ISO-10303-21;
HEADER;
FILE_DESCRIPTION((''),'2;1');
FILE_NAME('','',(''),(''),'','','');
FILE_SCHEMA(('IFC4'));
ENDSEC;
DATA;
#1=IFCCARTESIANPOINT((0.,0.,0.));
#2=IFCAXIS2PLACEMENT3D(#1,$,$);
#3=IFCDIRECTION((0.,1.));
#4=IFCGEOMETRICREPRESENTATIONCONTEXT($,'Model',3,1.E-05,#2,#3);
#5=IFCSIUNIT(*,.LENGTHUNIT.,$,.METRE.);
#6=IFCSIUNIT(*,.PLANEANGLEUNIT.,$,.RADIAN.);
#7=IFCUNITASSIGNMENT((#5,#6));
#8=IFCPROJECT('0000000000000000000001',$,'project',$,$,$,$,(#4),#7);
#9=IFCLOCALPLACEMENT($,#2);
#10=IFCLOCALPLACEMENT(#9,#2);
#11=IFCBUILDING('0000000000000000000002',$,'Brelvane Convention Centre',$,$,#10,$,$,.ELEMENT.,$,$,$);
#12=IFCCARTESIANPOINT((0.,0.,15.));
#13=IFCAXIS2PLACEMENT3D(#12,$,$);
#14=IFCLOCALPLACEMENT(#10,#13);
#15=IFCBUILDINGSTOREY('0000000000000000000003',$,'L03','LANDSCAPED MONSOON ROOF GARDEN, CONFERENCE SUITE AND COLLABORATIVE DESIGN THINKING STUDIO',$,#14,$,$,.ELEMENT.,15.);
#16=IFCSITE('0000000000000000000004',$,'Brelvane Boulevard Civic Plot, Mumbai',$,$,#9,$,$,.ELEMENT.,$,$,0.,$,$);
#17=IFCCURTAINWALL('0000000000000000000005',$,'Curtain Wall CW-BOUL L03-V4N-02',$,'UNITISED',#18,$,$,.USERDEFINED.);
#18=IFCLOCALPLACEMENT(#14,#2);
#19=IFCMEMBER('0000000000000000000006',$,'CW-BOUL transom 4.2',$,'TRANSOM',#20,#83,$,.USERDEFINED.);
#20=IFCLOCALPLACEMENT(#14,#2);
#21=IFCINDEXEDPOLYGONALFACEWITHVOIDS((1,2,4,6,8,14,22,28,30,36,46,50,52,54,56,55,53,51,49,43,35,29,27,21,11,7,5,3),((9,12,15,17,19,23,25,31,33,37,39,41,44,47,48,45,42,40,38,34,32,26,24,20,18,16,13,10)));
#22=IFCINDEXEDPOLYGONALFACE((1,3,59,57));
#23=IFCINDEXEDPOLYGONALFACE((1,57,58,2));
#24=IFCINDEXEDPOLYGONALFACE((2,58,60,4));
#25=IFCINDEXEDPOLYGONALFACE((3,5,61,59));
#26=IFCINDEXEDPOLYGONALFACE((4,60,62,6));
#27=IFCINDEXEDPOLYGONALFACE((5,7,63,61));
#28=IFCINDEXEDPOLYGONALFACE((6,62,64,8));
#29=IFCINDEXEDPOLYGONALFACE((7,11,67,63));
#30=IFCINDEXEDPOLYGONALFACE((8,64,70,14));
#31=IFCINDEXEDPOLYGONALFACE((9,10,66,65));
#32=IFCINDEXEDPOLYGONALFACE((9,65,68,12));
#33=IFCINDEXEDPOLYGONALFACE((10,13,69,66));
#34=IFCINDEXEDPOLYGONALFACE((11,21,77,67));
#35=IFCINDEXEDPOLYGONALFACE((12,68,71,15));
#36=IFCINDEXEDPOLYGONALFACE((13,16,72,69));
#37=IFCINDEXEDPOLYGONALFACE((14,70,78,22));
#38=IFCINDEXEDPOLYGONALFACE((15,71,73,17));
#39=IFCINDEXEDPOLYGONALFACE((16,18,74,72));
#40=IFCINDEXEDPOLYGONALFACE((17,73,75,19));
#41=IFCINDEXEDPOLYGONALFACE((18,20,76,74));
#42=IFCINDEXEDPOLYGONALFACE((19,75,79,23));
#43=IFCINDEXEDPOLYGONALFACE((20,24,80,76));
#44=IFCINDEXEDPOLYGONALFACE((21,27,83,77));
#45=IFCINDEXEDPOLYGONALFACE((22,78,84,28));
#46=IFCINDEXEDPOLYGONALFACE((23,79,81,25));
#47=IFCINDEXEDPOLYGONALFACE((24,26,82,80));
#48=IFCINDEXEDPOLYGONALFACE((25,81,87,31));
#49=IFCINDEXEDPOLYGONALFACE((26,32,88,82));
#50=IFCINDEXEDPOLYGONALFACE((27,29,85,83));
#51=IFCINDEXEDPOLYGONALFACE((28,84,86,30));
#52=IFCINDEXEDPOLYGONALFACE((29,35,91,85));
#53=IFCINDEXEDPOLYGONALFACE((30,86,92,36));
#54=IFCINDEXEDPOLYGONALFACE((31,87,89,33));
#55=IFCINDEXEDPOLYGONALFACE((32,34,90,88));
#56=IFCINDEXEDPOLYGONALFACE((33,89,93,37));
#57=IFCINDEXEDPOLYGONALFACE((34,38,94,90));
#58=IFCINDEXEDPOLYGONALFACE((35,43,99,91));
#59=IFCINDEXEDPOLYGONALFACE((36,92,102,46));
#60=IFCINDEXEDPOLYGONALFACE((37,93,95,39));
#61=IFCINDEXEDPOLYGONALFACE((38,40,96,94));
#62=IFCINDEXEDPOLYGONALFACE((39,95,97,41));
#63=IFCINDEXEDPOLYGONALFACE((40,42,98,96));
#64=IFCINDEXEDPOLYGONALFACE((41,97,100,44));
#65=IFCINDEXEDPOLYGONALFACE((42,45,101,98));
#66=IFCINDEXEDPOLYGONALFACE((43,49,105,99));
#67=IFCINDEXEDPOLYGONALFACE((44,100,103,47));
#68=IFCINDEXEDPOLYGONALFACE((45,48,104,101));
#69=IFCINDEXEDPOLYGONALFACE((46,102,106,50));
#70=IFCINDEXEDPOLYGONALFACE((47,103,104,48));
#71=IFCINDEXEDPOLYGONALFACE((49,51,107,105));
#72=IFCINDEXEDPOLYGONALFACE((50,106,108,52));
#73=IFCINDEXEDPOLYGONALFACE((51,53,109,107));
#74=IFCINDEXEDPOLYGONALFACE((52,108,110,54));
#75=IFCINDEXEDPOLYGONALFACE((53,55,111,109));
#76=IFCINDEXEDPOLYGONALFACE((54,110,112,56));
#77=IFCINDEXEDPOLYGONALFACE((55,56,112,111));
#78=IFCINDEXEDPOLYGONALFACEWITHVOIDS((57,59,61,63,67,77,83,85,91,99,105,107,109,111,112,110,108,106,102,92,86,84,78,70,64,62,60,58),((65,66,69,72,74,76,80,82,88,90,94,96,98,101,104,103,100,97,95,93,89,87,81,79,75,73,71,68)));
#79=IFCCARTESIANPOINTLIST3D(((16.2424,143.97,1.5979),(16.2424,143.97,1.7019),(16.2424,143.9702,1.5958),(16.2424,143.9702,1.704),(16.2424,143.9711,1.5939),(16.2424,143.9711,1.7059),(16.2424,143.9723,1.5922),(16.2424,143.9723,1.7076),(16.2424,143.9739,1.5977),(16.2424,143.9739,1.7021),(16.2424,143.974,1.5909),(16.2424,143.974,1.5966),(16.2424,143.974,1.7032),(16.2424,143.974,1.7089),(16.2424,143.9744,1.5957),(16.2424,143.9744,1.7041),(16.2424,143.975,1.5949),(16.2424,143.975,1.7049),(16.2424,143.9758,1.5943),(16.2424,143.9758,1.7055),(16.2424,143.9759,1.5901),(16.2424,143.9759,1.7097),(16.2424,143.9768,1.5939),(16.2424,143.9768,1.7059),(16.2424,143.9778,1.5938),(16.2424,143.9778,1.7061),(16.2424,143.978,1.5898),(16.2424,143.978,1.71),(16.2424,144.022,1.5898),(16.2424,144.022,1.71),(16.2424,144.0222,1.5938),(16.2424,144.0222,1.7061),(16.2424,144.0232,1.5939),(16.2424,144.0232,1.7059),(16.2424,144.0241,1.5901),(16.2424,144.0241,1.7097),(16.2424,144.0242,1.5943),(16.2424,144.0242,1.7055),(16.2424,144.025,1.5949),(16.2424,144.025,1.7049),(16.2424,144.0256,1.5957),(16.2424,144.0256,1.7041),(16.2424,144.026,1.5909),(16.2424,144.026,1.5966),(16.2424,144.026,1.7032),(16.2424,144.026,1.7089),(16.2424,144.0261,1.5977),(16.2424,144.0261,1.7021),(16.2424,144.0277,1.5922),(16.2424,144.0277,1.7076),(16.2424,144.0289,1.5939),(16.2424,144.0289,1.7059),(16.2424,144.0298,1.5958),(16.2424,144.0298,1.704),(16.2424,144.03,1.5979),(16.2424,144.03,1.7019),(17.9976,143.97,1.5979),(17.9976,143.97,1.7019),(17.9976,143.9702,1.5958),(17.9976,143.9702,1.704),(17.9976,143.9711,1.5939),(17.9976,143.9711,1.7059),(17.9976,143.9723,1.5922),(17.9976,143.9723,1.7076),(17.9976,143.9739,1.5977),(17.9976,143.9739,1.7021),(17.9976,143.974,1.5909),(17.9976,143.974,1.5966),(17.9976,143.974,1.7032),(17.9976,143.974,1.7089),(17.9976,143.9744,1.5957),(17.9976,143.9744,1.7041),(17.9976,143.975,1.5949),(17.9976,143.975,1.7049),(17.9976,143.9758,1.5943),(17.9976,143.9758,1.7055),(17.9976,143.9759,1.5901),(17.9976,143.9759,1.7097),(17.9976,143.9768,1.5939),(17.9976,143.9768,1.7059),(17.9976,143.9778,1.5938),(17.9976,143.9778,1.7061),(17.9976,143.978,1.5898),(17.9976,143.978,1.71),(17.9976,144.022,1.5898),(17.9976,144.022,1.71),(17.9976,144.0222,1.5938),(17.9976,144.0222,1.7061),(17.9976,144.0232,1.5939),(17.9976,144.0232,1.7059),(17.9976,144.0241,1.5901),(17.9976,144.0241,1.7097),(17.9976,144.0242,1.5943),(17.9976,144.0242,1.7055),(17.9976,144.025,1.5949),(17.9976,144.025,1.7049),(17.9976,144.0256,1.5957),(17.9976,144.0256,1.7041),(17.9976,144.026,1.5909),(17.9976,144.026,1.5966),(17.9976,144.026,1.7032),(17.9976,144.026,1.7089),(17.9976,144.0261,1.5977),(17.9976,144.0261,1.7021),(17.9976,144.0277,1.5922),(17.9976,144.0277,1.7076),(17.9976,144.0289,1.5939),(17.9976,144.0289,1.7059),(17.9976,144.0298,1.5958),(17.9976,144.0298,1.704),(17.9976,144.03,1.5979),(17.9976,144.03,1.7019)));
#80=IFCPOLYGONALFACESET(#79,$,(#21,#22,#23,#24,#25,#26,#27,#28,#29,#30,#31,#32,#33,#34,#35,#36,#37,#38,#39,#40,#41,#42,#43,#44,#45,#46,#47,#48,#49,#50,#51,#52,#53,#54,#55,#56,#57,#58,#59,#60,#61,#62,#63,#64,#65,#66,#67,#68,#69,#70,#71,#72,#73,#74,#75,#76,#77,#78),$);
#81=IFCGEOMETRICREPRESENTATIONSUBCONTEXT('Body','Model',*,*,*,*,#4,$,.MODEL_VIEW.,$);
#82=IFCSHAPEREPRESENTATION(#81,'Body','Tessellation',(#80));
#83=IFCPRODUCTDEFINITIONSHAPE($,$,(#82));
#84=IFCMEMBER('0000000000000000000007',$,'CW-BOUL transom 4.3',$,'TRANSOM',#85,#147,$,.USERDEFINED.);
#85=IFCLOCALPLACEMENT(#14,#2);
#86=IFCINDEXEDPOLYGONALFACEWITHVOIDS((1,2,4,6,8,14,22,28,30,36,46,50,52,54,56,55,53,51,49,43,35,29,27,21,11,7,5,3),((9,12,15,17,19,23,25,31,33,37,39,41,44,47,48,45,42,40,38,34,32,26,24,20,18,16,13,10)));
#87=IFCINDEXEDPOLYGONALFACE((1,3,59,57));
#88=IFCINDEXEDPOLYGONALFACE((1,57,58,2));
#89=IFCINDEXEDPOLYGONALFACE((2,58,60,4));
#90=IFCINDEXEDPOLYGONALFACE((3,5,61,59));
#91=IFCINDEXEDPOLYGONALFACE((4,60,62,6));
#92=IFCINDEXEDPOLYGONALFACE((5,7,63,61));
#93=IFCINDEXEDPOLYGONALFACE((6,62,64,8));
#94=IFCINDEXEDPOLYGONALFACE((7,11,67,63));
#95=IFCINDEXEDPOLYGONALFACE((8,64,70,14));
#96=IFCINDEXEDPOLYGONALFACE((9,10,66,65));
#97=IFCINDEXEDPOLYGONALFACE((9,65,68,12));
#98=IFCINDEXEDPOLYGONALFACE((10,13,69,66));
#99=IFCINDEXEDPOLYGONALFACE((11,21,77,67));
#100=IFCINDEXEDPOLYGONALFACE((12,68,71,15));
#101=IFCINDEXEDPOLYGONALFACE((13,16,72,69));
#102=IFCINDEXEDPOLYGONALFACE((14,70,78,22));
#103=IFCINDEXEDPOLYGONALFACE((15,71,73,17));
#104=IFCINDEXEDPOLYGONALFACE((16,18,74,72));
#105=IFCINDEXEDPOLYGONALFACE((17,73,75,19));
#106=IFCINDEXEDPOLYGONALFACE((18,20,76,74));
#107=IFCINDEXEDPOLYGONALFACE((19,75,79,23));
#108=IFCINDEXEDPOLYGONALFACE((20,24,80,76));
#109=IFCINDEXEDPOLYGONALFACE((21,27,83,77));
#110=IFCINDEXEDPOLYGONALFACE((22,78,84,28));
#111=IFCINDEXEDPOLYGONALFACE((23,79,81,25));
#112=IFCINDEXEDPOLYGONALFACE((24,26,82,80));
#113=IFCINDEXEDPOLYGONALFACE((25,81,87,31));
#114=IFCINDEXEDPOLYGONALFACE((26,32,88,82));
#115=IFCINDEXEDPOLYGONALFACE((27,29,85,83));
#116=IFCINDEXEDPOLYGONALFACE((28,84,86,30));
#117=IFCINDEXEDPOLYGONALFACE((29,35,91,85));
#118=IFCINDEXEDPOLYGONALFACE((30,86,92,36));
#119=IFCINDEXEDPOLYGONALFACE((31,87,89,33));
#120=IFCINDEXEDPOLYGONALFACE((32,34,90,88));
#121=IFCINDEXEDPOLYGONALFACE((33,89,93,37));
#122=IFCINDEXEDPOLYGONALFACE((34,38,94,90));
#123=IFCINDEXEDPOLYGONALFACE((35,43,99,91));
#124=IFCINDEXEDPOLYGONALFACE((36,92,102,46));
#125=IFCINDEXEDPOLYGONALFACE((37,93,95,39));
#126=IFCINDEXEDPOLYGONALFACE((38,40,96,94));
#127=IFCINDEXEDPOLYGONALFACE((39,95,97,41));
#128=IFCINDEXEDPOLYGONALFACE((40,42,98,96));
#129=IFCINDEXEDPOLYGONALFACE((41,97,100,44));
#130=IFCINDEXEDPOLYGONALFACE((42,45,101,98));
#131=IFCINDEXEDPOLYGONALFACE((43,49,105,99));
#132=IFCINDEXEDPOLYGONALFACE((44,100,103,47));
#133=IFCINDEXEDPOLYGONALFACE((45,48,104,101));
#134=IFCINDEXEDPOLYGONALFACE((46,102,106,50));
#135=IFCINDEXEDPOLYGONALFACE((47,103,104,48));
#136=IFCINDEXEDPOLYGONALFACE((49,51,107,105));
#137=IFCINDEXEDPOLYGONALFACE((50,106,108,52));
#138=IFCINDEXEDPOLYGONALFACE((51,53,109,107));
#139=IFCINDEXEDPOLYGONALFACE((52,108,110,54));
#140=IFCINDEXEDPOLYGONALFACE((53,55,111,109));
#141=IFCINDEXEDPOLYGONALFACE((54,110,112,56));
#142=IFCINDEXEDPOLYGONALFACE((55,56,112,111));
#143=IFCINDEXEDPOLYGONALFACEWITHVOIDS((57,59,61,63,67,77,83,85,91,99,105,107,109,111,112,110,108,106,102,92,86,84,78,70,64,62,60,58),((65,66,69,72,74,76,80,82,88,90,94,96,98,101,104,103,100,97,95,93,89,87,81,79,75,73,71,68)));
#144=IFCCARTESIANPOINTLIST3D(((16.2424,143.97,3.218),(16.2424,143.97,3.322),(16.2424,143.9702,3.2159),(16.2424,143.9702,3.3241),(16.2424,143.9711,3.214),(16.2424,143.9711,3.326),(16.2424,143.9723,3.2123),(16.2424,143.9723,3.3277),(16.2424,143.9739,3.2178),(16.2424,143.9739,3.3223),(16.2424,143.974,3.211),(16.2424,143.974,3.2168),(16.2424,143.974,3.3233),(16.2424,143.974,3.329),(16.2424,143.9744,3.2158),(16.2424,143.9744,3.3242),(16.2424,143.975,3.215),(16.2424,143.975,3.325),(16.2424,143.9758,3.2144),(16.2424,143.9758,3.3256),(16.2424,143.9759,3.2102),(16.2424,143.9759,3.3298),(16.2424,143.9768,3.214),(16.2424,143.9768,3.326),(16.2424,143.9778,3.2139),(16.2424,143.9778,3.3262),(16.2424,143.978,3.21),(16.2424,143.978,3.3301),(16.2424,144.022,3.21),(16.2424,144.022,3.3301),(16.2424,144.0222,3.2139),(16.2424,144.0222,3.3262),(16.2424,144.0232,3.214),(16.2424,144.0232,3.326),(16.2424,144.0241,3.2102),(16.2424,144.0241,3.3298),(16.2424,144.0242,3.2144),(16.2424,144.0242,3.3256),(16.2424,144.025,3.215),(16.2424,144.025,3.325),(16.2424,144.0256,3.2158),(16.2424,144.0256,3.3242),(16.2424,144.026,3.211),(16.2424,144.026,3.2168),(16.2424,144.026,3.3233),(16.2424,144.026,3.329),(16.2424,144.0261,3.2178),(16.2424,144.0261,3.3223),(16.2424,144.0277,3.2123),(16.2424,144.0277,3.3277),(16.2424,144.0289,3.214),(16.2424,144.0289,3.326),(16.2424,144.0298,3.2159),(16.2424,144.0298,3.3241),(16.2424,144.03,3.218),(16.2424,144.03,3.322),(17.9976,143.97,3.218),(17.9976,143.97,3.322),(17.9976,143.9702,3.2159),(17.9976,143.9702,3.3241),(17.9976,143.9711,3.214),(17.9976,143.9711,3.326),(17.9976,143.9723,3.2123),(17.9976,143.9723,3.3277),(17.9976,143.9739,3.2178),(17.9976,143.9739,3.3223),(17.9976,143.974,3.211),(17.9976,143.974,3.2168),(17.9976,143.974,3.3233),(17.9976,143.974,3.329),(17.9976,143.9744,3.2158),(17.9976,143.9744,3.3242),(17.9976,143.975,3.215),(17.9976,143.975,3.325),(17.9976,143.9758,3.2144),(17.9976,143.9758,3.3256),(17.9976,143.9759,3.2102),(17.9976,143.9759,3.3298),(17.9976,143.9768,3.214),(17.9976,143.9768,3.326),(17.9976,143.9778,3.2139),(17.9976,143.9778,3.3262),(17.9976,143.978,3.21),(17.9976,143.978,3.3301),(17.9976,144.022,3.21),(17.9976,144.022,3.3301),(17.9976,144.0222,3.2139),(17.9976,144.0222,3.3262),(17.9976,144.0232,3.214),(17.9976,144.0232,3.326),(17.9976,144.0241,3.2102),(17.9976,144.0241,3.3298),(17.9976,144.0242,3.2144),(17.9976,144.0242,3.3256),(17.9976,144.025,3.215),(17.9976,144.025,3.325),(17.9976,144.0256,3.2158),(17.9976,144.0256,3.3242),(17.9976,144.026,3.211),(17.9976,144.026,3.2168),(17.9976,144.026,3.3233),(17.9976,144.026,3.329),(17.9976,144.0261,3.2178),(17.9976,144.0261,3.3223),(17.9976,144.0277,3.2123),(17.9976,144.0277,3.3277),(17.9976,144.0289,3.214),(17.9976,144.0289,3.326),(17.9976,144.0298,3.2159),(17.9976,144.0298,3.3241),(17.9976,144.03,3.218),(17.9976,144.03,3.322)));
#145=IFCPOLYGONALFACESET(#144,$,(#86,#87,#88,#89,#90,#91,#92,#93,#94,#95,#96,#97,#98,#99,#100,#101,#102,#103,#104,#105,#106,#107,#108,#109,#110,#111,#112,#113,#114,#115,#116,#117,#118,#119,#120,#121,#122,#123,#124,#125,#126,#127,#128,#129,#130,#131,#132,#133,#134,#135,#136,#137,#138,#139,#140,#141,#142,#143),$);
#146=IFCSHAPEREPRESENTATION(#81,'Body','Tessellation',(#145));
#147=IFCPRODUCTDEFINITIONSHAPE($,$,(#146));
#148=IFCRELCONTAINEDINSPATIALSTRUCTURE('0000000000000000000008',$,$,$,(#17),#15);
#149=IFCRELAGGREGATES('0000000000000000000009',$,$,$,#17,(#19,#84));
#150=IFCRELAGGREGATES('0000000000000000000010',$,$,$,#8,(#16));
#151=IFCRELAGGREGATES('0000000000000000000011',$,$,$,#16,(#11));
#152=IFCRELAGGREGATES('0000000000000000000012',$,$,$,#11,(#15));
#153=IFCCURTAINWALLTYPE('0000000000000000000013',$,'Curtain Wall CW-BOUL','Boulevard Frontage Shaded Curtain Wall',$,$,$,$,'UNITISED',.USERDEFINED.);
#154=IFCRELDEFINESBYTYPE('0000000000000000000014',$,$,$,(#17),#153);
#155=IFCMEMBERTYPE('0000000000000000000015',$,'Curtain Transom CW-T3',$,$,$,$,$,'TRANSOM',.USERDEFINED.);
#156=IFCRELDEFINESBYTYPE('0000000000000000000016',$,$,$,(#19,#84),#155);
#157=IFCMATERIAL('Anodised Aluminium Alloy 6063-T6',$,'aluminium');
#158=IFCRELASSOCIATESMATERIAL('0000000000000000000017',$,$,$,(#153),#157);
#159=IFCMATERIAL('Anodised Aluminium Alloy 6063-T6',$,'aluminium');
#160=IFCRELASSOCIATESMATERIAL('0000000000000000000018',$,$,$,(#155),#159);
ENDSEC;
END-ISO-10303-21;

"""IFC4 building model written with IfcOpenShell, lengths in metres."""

from ifc_helpers import new_model, si_unit, direction, frame, origin, origin_2d, place, context, subcontext, project, spatial, hollow_rectangle, extrude, material, material_profile, profile_set, type_object, element, aggregate, save


model = new_model("IFC4")

# Units and contexts
model_context = context("Model", 3, precision=1e-05, world=origin(), true_north=direction((0.0, 1.0)))
body_context = subcontext(model_context, "Body", "Model", "MODEL_VIEW")
ifc_project = project(units=[si_unit("LENGTHUNIT", "METRE"), si_unit("PLANEANGLEUNIT", "RADIAN")], contexts=[model_context])

# Site, building, storey
site_placement = place(None, origin())
site = spatial("IfcSite", under=ifc_project, at=site_placement, Name="Brelvane Boulevard Civic Plot, Mumbai", CompositionType="ELEMENT", RefElevation=0.0)
building_placement = place(site_placement, origin())
building = spatial("IfcBuilding", under=site, at=building_placement, Name="Brelvane Convention Centre", CompositionType="ELEMENT")
storey_placement = place(building_placement, frame((0.0, 0.0, 15.0)))
storey = spatial("IfcBuildingStorey", under=building, at=storey_placement, Name="L03", Description="LANDSCAPED MONSOON ROOF GARDEN, CONFERENCE SUITE AND COLLABORATIVE DESIGN THINKING STUDIO", CompositionType="ELEMENT", Elevation=15.0)

# Curtain wall, members
ifc_material_1 = material(Name="Anodised Aluminium Alloy 6063-T6", Category="aluminium")
curtain_wall_type = type_object("IfcCurtainWallType", Name="Curtain Wall CW-BOUL", Description="Boulevard Frontage Shaded Curtain Wall", ElementType="UNITISED", PredefinedType="USERDEFINED", material=ifc_material_1)
curtain_wall_placement = place(storey_placement, origin())
curtain_wall = element("IfcCurtainWall", 1, at=curtain_wall_placement, inside=storey, type_object=curtain_wall_type, Name="Curtain Wall CW-BOUL L03-V4N-02", ObjectType="UNITISED", PredefinedType="USERDEFINED")
ifc_material_2 = material(Name="Anodised Aluminium Alloy 6063-T6", Category="aluminium")
ifc_material_profile_1 = material_profile(ifc_material_2, hollow_rectangle(XDim=0.0601, YDim=0.1201, WallThickness=0.0039, InnerFilletRadius=0.0039, OuterFilletRadius=0.0081, at=origin_2d()), Name="ALU-T 120x60x4.0")
ifc_profile_set_1 = profile_set([ifc_material_profile_1], Name="Anodised Aluminium Alloy 6063-T6")
member_type_1 = type_object("IfcMemberType", Name="Curtain Transom CW-T3", ElementType="TRANSOM", PredefinedType="USERDEFINED", material=ifc_profile_set_1)
member_1_placement = place(storey_placement, frame((16.2424, 144.0, 1.6499), z_axis=(1.0, 0.0, 0.0), x_axis=(0.0, 1.0, 0.0)))
member_1 = element("IfcMember", 2, at=member_1_placement, type_object=member_type_1, Name="CW-BOUL transom 4.2", ObjectType="TRANSOM", PredefinedType="USERDEFINED", context=body_context, shape_type="SweptSolid", body=[
    extrude(hollow_rectangle(XDim=0.0601, YDim=0.1201, WallThickness=0.0039, InnerFilletRadius=0.0039, OuterFilletRadius=0.0081, at=origin_2d()), origin(), (0.0, 0.0, 1.0), 1.7551),
])
member_2_placement = place(storey_placement, frame((16.2424, 144.0, 3.27), z_axis=(1.0, 0.0, 0.0), x_axis=(0.0, 1.0, 0.0)))
member_2 = element("IfcMember", 3, at=member_2_placement, type_object=member_type_1, Name="CW-BOUL transom 4.3", ObjectType="TRANSOM", PredefinedType="USERDEFINED", context=body_context, shape_type="SweptSolid", body=[
    extrude(hollow_rectangle(XDim=0.0601, YDim=0.1201, WallThickness=0.0039, InnerFilletRadius=0.0039, OuterFilletRadius=0.0081, at=origin_2d()), origin(), (0.0, 0.0, 1.0), 1.7551),
])

aggregate(curtain_wall, [member_1, member_2])

save(model, "model.ifc")
